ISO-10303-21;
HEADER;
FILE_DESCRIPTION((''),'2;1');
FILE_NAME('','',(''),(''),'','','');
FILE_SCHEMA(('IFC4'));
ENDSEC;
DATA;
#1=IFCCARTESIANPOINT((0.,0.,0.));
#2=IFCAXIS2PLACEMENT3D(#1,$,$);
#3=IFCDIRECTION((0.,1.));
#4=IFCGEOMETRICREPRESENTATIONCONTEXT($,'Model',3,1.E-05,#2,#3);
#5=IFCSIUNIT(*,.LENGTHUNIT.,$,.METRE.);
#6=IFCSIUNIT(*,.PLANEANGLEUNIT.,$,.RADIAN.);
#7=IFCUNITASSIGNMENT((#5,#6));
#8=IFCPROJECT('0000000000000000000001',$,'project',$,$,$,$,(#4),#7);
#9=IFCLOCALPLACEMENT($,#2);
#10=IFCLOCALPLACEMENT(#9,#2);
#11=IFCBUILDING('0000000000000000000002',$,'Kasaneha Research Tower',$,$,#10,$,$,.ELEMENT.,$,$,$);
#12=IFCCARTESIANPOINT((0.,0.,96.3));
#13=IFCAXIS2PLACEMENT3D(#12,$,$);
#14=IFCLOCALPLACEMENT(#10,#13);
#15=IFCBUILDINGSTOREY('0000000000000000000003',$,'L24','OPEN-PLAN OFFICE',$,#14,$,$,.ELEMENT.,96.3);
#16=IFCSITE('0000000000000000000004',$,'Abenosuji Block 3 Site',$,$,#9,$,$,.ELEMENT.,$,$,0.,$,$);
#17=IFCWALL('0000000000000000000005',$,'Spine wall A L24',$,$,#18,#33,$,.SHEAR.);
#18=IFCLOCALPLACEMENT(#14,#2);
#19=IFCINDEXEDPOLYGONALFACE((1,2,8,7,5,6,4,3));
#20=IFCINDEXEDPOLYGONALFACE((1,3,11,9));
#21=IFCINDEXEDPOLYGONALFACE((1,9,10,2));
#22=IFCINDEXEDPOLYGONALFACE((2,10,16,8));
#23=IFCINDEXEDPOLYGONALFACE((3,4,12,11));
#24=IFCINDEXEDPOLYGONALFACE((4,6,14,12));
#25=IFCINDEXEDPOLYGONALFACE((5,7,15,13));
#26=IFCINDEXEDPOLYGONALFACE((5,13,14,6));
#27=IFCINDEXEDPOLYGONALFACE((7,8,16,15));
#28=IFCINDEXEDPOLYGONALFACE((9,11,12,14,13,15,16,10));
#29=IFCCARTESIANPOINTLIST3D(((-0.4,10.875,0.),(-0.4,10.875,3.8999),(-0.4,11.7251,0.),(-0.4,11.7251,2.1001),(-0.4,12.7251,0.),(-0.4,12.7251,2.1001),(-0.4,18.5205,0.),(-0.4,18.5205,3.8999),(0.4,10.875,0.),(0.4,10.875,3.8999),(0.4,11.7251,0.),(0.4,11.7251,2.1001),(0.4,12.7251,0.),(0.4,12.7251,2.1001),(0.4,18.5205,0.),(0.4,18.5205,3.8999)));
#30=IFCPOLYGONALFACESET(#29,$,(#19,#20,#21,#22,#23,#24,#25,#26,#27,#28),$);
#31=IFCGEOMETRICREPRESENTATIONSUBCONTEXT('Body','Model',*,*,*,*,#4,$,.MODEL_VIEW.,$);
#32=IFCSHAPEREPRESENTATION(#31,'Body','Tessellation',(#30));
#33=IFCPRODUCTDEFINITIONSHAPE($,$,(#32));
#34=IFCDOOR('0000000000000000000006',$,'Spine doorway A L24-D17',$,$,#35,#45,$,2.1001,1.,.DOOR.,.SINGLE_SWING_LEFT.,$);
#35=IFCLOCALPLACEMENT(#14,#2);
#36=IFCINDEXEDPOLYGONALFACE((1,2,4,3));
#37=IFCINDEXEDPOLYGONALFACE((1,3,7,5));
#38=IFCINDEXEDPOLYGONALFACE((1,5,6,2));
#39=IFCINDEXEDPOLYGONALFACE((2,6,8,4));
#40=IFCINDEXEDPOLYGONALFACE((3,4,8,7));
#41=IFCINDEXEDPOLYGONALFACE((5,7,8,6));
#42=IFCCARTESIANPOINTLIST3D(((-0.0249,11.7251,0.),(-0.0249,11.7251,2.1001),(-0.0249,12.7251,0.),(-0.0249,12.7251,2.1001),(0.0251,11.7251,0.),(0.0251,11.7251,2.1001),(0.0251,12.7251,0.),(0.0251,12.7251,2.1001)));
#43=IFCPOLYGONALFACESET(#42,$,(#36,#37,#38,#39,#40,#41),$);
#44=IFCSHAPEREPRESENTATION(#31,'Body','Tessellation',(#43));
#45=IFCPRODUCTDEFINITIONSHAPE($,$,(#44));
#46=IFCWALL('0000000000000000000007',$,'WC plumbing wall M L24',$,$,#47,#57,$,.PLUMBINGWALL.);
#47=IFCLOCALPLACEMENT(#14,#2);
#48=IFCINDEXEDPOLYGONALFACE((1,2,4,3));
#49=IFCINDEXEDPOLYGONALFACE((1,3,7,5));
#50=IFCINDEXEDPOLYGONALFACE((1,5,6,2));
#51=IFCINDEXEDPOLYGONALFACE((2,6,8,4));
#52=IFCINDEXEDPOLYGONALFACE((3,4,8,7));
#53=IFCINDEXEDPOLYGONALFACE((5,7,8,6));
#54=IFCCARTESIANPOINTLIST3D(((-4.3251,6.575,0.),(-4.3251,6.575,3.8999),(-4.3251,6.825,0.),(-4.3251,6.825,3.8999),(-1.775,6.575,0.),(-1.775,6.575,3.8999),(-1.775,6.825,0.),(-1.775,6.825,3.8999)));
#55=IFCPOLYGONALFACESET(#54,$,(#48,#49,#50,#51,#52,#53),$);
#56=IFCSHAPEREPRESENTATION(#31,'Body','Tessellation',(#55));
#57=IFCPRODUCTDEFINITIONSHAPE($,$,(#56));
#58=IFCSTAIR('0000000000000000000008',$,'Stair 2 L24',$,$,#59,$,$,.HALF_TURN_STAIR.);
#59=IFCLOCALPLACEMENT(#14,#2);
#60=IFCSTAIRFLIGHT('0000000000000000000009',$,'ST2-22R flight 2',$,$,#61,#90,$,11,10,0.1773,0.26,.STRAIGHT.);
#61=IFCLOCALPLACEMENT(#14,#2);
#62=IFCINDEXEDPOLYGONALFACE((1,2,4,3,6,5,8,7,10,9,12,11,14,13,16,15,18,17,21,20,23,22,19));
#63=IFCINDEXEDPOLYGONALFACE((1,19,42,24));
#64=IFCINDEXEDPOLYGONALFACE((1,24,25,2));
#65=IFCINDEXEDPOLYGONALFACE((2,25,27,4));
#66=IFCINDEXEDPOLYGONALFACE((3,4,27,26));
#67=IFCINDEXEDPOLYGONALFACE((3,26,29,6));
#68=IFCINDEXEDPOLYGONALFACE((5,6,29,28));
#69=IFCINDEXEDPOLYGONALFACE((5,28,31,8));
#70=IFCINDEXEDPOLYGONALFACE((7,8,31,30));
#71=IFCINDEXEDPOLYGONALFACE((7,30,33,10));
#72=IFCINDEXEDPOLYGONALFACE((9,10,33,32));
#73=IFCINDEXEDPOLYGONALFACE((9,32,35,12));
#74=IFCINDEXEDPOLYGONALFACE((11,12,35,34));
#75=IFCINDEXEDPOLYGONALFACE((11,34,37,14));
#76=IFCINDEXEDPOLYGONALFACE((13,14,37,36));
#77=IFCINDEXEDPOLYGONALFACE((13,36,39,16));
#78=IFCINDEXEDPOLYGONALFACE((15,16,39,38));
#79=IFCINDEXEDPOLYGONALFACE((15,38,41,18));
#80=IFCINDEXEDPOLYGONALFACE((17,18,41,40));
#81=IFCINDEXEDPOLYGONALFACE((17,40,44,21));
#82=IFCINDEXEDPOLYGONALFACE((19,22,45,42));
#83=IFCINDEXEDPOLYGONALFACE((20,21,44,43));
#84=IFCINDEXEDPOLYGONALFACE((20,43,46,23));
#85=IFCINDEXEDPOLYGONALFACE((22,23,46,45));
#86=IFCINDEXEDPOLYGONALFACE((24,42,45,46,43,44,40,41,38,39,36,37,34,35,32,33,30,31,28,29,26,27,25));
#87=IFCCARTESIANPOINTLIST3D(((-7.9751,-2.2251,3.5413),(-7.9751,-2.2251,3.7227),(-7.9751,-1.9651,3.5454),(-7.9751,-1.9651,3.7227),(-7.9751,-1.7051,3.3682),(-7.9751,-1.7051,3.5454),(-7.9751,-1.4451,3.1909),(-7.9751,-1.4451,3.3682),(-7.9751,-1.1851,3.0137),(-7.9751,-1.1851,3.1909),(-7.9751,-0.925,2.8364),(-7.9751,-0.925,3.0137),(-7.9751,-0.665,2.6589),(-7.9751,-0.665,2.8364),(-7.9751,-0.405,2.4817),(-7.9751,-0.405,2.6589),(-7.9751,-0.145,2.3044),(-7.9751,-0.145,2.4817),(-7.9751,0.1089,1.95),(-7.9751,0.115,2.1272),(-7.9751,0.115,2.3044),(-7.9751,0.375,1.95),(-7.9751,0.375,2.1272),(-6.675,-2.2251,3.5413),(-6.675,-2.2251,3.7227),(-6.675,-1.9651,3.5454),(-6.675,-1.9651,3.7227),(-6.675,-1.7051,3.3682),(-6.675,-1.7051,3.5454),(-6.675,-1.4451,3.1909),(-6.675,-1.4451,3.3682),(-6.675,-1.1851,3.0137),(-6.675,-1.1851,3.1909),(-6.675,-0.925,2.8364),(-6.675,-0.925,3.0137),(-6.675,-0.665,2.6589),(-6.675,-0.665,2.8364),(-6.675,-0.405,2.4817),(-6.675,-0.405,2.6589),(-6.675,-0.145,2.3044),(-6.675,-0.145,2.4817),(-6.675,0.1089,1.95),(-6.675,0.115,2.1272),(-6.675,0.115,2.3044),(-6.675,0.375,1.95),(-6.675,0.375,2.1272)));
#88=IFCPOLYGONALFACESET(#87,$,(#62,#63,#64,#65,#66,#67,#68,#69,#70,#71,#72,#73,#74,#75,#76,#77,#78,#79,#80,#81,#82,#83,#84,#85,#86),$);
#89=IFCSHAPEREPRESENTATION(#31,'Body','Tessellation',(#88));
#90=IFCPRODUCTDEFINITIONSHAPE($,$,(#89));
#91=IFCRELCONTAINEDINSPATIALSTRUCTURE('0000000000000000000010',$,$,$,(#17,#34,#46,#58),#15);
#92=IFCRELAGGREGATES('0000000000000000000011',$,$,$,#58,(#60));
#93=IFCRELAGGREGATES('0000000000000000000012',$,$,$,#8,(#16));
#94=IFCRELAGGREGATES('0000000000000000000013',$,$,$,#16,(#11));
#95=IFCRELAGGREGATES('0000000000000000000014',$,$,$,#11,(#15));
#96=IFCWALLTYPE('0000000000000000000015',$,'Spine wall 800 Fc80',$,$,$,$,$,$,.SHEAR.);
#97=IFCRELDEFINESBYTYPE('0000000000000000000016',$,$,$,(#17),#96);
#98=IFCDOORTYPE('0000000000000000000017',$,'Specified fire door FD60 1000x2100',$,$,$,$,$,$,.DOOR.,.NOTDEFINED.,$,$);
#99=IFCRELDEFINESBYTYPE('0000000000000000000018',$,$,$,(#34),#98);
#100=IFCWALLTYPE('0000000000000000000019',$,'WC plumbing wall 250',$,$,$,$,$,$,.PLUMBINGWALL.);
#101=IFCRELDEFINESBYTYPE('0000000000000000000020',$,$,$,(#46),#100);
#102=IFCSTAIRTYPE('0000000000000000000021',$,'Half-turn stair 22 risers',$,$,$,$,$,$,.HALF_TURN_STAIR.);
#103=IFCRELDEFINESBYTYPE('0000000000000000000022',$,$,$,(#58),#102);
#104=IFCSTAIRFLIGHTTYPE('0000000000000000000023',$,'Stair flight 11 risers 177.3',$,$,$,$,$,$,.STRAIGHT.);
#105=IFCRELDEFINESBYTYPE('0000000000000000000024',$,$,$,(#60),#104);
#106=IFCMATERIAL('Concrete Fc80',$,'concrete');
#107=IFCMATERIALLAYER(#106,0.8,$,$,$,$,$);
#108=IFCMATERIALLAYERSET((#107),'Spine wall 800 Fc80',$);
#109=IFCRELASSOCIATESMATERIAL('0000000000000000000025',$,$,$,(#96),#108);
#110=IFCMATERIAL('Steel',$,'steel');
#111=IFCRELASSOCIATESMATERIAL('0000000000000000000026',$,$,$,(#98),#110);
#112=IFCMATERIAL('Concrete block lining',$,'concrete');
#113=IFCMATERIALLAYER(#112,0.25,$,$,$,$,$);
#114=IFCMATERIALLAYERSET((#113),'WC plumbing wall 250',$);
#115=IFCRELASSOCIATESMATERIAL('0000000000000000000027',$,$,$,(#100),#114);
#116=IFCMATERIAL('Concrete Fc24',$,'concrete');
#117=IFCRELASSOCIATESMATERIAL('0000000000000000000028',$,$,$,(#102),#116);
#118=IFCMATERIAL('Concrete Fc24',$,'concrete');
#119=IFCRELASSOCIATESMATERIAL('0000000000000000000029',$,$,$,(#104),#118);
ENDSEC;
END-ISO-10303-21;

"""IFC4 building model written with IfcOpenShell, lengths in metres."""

from ifc_helpers import new_model, si_unit, direction, frame, frame_2d, origin, place, context, subcontext, project, spatial, polyline, rectangle, outline, extrude, material, layer, layer_set, type_object, element, fill, aggregate, save


model = new_model("IFC4")

# Units and contexts
model_context = context("Model", 3, precision=1e-05, world=origin(), true_north=direction((0.0, 1.0)))
body_context = subcontext(model_context, "Body", "Model", "MODEL_VIEW")
ifc_project = project(units=[si_unit("LENGTHUNIT", "METRE"), si_unit("PLANEANGLEUNIT", "RADIAN")], contexts=[model_context])

# Site, building, storey
site_placement = place(None, origin())
site = spatial("IfcSite", under=ifc_project, at=site_placement, Name="Abenosuji Block 3 Site", CompositionType="ELEMENT", RefElevation=0.0)
building_placement = place(site_placement, origin())
building = spatial("IfcBuilding", under=site, at=building_placement, Name="Kasaneha Research Tower", CompositionType="ELEMENT")
storey_placement = place(building_placement, frame((0.0, 0.0, 96.3)))
storey = spatial("IfcBuildingStorey", under=building, at=storey_placement, Name="L24", Description="OPEN-PLAN OFFICE", CompositionType="ELEMENT", Elevation=96.3)

# Wall, opening, door
ifc_material_1 = material(Name="Concrete Fc80", Category="concrete")
ifc_layer_1 = layer(ifc_material_1, 0.8)
ifc_layer_set_1 = layer_set([ifc_layer_1], Name="Spine wall 800 Fc80")
wall_type_1 = type_object("IfcWallType", Name="Spine wall 800 Fc80", PredefinedType="SHEAR", material=ifc_layer_set_1)
wall_1_placement = place(storey_placement, frame((0.0, 10.875, 0.0), z_axis=(0.0, 0.0, 1.0), x_axis=(0.0, 1.0, 0.0)))
wall_1 = element("IfcWall", 1, at=wall_1_placement, inside=storey, type_object=wall_type_1, Name="Spine wall A L24", PredefinedType="SHEAR", context=body_context, shape_type="SweptSolid", body=[
    extrude(rectangle(XDim=7.6455, YDim=0.8, at=frame_2d((3.8228, 0.0))), origin(), (0.0, 0.0, 1.0), 3.8999),
])
opening_1_placement = place(wall_1_placement, frame((0.8501, 0.0, 0.0)))
opening_1 = element("IfcOpeningElement", 2, at=opening_1_placement, cuts=wall_1, PredefinedType="OPENING", context=body_context, shape_type="SweptSolid", body=[
    extrude(rectangle(XDim=1.0, YDim=2.1001, at=frame_2d((0.5, 1.05))), frame((0.0, 0.4102, 0.0), z_axis=(0.0, -1.0, 0.0), x_axis=(1.0, 0.0, 0.0)), (0.0, 0.0, 1.0), 0.8201),
])
ifc_material_2 = material(Name="Steel", Category="steel")
door_type_1 = type_object("IfcDoorType", Name="Specified fire door FD60 1000x2100", OperationType="NOTDEFINED", PredefinedType="DOOR", material=ifc_material_2)
door_1_placement = place(opening_1_placement, origin())
door_1 = element("IfcDoor", 3, at=door_1_placement, inside=storey, type_object=door_type_1, Name="Spine doorway A L24-D17", OperationType="SINGLE_SWING_LEFT", OverallHeight=2.1001, OverallWidth=1.0, PredefinedType="DOOR", context=body_context, shape_type="SweptSolid", body=[
    extrude(rectangle(XDim=1.0, YDim=2.1001, at=frame_2d((0.5, 1.05))), frame((0.0, 0.0249, 0.0), z_axis=(0.0, -1.0, 0.0), x_axis=(1.0, 0.0, 0.0)), (0.0, 0.0, 1.0), 0.05),
])
fill(opening_1, door_1)

# Wall
ifc_material_3 = material(Name="Concrete block lining", Category="concrete")
ifc_layer_2 = layer(ifc_material_3, 0.25)
ifc_layer_set_2 = layer_set([ifc_layer_2], Name="WC plumbing wall 250")
wall_type_2 = type_object("IfcWallType", Name="WC plumbing wall 250", PredefinedType="PLUMBINGWALL", material=ifc_layer_set_2)
wall_2_placement = place(storey_placement, frame((-4.325, 6.7, 0.0), z_axis=(0.0, 0.0, 1.0), x_axis=(1.0, 0.0, 0.0)))
element("IfcWall", 4, at=wall_2_placement, inside=storey, type_object=wall_type_2, Name="WC plumbing wall M L24", PredefinedType="PLUMBINGWALL", context=body_context, shape_type="SweptSolid", body=[
    extrude(rectangle(XDim=2.55, YDim=0.25, at=frame_2d((1.2749, 0.0))), origin(), (0.0, 0.0, 1.0), 3.8999),
])

# Stair, stair flight
ifc_material_4 = material(Name="Concrete Fc24", Category="concrete")
stair_type = type_object("IfcStairType", Name="Half-turn stair 22 risers", PredefinedType="HALF_TURN_STAIR", material=ifc_material_4)
stair_placement = place(storey_placement, origin())
stair = element("IfcStair", 5, at=stair_placement, inside=storey, type_object=stair_type, Name="Stair 2 L24", PredefinedType="HALF_TURN_STAIR")
ifc_material_5 = material(Name="Concrete Fc24", Category="concrete")
stair_flight_type = type_object("IfcStairFlightType", Name="Stair flight 11 risers 177.3", PredefinedType="STRAIGHT", material=ifc_material_5)
stair_flight_placement = place(storey_placement, frame((-7.325, 0.375, 1.95), z_axis=(0.0, 0.0, 1.0), x_axis=(0.0, -1.0, 0.0)))
stair_flight = element("IfcStairFlight", 6, at=stair_flight_placement, type_object=stair_flight_type, Name="ST2-22R flight 2", NumberOfRisers=11, NumberOfTreads=10, PredefinedType="STRAIGHT", RiserHeight=0.1773, TreadLength=0.26, context=body_context, shape_type="SweptSolid", body=[
    extrude(outline(polyline([(0.0, 0.0), (0.0, 0.1772), (0.26, 0.1772), (0.26, 0.3545), (0.52, 0.3545), (0.52, 0.5317), (0.78, 0.5317), (0.78, 0.709), (1.04, 0.709), (1.04, 0.8865), (1.3, 0.8865), (1.3, 1.0637), (1.5601, 1.0637), (1.5601, 1.241), (1.8201, 1.241), (1.8201, 1.4182), (2.0801, 1.4182), (2.0801, 1.5955), (2.3401, 1.5955), (2.3401, 1.7727), (2.6001, 1.7727), (2.6001, 1.95), (2.6001, 1.5913), (0.2661, 0.0), (0.0, 0.0)])), frame((0.0, 0.6499, 0.0), z_axis=(0.0, -1.0, 0.0), x_axis=(1.0, 0.0, 0.0)), (0.0, 0.0, 1.0), 1.3),
])
aggregate(stair, [stair_flight])

save(model, "model.ifc")
